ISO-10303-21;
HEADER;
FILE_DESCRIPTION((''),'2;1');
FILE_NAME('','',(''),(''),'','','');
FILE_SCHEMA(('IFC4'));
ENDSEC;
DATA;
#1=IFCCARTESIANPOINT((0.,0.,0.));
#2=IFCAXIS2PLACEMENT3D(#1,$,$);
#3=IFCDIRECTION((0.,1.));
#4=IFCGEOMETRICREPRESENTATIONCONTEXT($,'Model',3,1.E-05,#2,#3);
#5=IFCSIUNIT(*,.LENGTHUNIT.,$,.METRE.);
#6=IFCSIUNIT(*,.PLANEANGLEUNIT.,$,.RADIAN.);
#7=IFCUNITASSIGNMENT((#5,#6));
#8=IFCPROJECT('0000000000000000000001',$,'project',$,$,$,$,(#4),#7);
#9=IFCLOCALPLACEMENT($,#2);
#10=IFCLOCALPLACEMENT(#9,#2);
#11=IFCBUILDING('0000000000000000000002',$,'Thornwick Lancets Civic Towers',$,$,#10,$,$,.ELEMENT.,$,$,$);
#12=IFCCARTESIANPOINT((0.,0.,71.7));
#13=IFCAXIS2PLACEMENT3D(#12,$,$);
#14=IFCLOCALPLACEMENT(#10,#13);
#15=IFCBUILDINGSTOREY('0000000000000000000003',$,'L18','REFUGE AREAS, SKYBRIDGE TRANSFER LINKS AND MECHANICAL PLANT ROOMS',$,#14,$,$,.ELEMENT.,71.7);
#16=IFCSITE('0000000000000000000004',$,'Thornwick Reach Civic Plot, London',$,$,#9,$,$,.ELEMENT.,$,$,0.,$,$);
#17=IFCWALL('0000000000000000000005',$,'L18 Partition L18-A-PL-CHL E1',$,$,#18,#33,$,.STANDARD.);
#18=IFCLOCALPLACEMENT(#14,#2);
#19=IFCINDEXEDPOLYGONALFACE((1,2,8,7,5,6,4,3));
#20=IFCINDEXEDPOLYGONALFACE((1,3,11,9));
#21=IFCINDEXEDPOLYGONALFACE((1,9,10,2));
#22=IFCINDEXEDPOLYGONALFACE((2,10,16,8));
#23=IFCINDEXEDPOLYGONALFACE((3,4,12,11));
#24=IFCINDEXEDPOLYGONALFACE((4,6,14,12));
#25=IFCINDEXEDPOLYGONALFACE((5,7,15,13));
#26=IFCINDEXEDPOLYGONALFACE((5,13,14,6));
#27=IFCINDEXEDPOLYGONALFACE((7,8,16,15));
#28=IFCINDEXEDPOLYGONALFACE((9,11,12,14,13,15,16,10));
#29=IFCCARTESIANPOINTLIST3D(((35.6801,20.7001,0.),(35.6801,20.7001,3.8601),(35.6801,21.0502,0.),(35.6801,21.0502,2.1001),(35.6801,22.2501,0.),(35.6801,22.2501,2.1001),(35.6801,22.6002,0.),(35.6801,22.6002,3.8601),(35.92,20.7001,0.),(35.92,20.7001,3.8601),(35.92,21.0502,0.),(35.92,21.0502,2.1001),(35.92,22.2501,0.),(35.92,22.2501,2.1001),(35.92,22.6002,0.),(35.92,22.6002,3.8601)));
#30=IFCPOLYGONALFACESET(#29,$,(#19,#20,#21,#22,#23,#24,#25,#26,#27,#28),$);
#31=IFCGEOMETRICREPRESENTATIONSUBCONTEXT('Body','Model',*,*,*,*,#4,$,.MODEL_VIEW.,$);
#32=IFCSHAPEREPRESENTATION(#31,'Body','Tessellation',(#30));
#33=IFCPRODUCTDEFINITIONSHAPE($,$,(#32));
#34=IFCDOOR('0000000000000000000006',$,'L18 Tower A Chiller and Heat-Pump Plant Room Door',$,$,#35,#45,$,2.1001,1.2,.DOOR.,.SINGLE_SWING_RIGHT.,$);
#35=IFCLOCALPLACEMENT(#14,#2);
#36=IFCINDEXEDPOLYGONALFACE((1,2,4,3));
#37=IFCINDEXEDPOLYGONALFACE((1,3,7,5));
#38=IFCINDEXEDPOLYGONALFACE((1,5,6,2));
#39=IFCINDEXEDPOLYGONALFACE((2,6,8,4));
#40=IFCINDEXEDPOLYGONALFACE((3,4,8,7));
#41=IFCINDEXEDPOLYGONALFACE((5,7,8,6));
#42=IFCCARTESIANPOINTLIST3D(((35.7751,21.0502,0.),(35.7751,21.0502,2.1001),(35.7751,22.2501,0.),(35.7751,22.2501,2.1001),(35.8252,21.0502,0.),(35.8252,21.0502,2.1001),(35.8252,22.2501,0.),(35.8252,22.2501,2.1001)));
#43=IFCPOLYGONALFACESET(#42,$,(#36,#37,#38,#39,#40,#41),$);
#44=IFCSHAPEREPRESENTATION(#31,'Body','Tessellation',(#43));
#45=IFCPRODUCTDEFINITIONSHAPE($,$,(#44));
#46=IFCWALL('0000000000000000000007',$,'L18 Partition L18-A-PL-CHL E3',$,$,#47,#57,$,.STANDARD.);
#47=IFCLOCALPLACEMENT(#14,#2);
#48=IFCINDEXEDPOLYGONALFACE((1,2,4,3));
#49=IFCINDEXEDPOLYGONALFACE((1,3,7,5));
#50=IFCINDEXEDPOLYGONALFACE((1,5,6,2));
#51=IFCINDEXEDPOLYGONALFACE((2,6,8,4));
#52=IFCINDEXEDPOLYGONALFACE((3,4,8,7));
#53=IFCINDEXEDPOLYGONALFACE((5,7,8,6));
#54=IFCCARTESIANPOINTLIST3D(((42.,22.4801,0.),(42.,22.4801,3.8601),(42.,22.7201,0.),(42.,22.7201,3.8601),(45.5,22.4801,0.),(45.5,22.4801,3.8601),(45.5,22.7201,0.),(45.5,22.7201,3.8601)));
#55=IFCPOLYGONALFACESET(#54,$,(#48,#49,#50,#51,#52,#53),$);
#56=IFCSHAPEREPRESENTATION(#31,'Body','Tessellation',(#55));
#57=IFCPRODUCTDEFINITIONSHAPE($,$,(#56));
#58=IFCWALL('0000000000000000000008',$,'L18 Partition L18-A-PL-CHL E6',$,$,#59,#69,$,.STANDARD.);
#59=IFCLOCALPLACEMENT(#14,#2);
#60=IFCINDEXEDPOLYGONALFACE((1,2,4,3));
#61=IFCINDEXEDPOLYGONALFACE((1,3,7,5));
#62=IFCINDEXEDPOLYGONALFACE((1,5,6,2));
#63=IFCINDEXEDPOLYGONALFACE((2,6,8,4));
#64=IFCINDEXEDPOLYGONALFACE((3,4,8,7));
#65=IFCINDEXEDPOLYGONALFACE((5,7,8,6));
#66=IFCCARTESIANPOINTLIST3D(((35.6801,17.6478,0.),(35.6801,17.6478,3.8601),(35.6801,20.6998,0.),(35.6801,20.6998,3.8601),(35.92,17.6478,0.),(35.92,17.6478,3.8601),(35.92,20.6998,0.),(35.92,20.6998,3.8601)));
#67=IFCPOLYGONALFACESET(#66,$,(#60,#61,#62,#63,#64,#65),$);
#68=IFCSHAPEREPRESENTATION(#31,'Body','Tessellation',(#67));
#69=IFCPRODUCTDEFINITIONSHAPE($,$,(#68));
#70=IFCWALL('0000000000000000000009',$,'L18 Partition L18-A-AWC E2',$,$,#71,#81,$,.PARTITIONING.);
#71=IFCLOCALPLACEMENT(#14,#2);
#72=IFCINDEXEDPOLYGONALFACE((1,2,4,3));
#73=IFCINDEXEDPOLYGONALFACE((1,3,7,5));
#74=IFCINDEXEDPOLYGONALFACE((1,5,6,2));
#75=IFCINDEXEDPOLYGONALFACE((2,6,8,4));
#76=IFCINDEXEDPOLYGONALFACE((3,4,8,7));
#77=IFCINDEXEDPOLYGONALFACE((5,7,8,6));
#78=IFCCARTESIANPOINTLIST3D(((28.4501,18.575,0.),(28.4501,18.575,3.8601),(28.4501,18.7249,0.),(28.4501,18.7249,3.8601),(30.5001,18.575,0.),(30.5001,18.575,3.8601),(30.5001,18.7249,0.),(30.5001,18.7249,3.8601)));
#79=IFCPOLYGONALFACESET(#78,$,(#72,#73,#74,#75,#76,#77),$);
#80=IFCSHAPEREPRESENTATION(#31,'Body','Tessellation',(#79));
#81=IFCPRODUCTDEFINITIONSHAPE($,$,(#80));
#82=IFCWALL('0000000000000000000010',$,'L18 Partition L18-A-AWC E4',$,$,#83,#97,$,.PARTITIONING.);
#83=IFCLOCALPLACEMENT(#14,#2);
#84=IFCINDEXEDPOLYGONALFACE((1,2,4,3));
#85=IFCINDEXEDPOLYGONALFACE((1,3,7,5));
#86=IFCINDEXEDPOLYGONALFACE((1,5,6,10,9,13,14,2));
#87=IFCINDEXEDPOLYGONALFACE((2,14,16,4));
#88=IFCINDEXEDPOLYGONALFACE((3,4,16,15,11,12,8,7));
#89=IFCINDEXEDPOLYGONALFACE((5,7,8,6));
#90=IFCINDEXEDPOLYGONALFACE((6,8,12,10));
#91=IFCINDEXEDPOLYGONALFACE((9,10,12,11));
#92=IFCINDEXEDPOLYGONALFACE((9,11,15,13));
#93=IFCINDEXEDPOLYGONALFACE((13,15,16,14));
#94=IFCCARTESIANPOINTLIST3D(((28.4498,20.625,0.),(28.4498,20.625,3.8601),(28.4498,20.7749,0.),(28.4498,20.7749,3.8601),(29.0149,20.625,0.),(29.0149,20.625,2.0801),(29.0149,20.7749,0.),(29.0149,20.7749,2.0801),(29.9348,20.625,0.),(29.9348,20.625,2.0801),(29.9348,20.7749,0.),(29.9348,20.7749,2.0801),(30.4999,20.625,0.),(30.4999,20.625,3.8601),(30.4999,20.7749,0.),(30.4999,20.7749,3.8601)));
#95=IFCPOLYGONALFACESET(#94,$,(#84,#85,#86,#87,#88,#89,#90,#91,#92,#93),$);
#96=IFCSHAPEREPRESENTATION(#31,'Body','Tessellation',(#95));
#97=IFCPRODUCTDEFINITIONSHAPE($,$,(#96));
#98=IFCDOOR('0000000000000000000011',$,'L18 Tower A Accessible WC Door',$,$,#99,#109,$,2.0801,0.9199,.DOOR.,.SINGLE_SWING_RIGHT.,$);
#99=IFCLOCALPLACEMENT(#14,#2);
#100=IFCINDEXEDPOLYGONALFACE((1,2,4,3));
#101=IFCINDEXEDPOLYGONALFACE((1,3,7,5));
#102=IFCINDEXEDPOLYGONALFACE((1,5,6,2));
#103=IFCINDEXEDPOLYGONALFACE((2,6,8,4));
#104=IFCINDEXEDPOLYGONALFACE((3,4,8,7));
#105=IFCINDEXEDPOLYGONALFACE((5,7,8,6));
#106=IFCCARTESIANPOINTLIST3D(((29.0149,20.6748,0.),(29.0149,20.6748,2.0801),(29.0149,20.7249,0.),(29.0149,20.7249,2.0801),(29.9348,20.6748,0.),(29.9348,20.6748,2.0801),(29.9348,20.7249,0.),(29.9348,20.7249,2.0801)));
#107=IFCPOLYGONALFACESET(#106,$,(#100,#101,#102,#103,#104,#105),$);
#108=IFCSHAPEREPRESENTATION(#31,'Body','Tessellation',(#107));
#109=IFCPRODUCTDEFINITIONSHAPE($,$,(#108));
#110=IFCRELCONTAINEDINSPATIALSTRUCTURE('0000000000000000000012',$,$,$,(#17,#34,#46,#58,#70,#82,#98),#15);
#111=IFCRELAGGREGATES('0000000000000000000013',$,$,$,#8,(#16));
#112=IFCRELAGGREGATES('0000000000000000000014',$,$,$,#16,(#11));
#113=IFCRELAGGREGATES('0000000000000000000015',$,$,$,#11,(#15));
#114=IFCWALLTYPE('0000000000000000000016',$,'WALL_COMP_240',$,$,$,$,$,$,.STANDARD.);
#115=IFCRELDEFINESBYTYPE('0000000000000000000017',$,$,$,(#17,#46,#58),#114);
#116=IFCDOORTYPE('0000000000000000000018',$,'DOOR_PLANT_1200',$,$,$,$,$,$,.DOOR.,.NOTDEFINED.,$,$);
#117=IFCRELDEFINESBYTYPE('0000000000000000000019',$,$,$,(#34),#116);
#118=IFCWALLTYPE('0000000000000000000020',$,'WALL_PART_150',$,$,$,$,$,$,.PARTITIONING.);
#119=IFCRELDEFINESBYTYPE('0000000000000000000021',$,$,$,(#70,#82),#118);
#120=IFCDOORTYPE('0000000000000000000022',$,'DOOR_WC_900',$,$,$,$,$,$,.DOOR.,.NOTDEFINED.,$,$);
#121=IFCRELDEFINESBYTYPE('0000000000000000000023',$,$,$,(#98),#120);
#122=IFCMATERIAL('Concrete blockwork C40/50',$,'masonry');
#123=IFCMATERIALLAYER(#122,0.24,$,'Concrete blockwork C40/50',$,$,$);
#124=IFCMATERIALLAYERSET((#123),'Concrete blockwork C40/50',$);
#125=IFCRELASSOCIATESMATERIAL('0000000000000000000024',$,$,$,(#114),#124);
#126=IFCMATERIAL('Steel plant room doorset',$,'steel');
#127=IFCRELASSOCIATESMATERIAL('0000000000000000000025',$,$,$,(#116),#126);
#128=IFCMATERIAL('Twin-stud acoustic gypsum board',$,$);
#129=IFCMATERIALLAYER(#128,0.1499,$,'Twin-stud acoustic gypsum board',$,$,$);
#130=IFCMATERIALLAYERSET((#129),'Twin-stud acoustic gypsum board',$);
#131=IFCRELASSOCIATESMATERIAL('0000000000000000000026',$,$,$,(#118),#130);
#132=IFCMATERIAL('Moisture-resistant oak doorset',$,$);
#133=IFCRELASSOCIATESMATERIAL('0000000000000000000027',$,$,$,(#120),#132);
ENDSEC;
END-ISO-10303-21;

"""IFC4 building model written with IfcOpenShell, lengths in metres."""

from ifc_helpers import new_model, si_unit, direction, frame, frame_2d, origin, place, context, subcontext, project, spatial, rectangle, extrude, material, layer, layer_set, type_object, element, fill, save


model = new_model("IFC4")

# Units and contexts
model_context = context("Model", 3, precision=1e-05, world=origin(), true_north=direction((0.0, 1.0)))
body_context = subcontext(model_context, "Body", "Model", "MODEL_VIEW")
ifc_project = project(units=[si_unit("LENGTHUNIT", "METRE"), si_unit("PLANEANGLEUNIT", "RADIAN")], contexts=[model_context])

# Site, building, storey
site_placement = place(None, origin())
site = spatial("IfcSite", under=ifc_project, at=site_placement, Name="Thornwick Reach Civic Plot, London", CompositionType="ELEMENT", RefElevation=0.0)
building_placement = place(site_placement, origin())
building = spatial("IfcBuilding", under=site, at=building_placement, Name="Thornwick Lancets Civic Towers", CompositionType="ELEMENT")
storey_placement = place(building_placement, frame((0.0, 0.0, 71.7)))
storey = spatial("IfcBuildingStorey", under=building, at=storey_placement, Name="L18", Description="REFUGE AREAS, SKYBRIDGE TRANSFER LINKS AND MECHANICAL PLANT ROOMS", CompositionType="ELEMENT", Elevation=71.7)

# Shared definitions
ifc_material_1 = material(Name="Concrete blockwork C40/50", Category="masonry")

# Shared definitions
ifc_layer_1 = layer(ifc_material_1, 0.24, Name="Concrete blockwork C40/50")
ifc_layer_set_1 = layer_set([ifc_layer_1], Name="Concrete blockwork C40/50")
wall_type_1 = type_object("IfcWallType", Name="WALL_COMP_240", PredefinedType="STANDARD", material=ifc_layer_set_1)

# Wall, opening, door
wall_1_placement = place(storey_placement, frame((35.8, 20.7, 0.0), z_axis=(0.0, 0.0, 1.0), x_axis=(0.0, 1.0, 0.0)))
wall_1 = element("IfcWall", 1, at=wall_1_placement, inside=storey, type_object=wall_type_1, Name="L18 Partition L18-A-PL-CHL E1", PredefinedType="STANDARD", context=body_context, shape_type="SweptSolid", body=[
    extrude(rectangle(XDim=1.9001, YDim=0.24, at=frame_2d((0.9502, 0.0))), origin(), (0.0, 0.0, 1.0), 3.8601),
])
opening_1_placement = place(wall_1_placement, frame((0.3501, 0.0, 0.0)))
opening_1 = element("IfcOpeningElement", 2, at=opening_1_placement, cuts=wall_1, PredefinedType="OPENING", context=body_context, shape_type="SweptSolid", body=[
    extrude(rectangle(XDim=1.2, YDim=2.1001, at=frame_2d((0.6001, 1.05))), frame((0.0, 0.1299, 0.0), z_axis=(0.0, -1.0, 0.0), x_axis=(1.0, 0.0, 0.0)), (0.0, 0.0, 1.0), 0.26),
])
ifc_material_2 = material(Name="Steel plant room doorset", Category="steel")
door_type_1 = type_object("IfcDoorType", Name="DOOR_PLANT_1200", OperationType="NOTDEFINED", PredefinedType="DOOR", material=ifc_material_2)
door_1_placement = place(opening_1_placement, origin())
door_1 = element("IfcDoor", 3, at=door_1_placement, inside=storey, type_object=door_type_1, Name="L18 Tower A Chiller and Heat-Pump Plant Room Door", OperationType="SINGLE_SWING_RIGHT", OverallHeight=2.1001, OverallWidth=1.2, PredefinedType="DOOR", context=body_context, shape_type="SweptSolid", body=[
    extrude(rectangle(XDim=1.2, YDim=2.1001, at=frame_2d((0.6001, 1.05))), frame((0.0, 0.0249, 0.0), z_axis=(0.0, -1.0, 0.0), x_axis=(1.0, 0.0, 0.0)), (0.0, 0.0, 1.0), 0.05),
])
fill(opening_1, door_1)

# Walls
wall_2_placement = place(storey_placement, frame((42.0, 22.6001, 0.0), z_axis=(0.0, 0.0, 1.0), x_axis=(1.0, 0.0, 0.0)))
element("IfcWall", 4, at=wall_2_placement, inside=storey, type_object=wall_type_1, Name="L18 Partition L18-A-PL-CHL E3", PredefinedType="STANDARD", context=body_context, shape_type="SweptSolid", body=[
    extrude(rectangle(XDim=3.5, YDim=0.24, at=frame_2d((1.75, 0.0))), origin(), (0.0, 0.0, 1.0), 3.8601),
])
wall_3_placement = place(storey_placement, frame((35.8, 17.6479, 0.0), z_axis=(0.0, 0.0, 1.0), x_axis=(0.0, 1.0, 0.0)))
element("IfcWall", 5, at=wall_3_placement, inside=storey, type_object=wall_type_1, Name="L18 Partition L18-A-PL-CHL E6", PredefinedType="STANDARD", context=body_context, shape_type="SweptSolid", body=[
    extrude(rectangle(XDim=3.052, YDim=0.24, at=frame_2d((1.5259, 0.0))), origin(), (0.0, 0.0, 1.0), 3.8601),
])
ifc_material_3 = material(Name="Twin-stud acoustic gypsum board")
ifc_layer_2 = layer(ifc_material_3, 0.1499, Name="Twin-stud acoustic gypsum board")
ifc_layer_set_2 = layer_set([ifc_layer_2], Name="Twin-stud acoustic gypsum board")
wall_type_2 = type_object("IfcWallType", Name="WALL_PART_150", PredefinedType="PARTITIONING", material=ifc_layer_set_2)
wall_4_placement = place(storey_placement, frame((30.5, 18.6499, 0.0), z_axis=(0.0, 0.0, 1.0), x_axis=(-1.0, 0.0, 0.0)))
element("IfcWall", 6, at=wall_4_placement, inside=storey, type_object=wall_type_2, Name="L18 Partition L18-A-AWC E2", PredefinedType="PARTITIONING", context=body_context, shape_type="SweptSolid", body=[
    extrude(rectangle(XDim=2.05, YDim=0.1499, at=frame_2d((1.0249, 0.0))), origin(), (0.0, 0.0, 1.0), 3.8601),
])

# Wall, opening, door
wall_5_placement = place(storey_placement, frame((28.45, 20.7, 0.0), z_axis=(0.0, 0.0, 1.0), x_axis=(1.0, 0.0, 0.0)))
wall_5 = element("IfcWall", 7, at=wall_5_placement, inside=storey, type_object=wall_type_2, Name="L18 Partition L18-A-AWC E4", PredefinedType="PARTITIONING", context=body_context, shape_type="SweptSolid", body=[
    extrude(rectangle(XDim=2.05, YDim=0.1499, at=frame_2d((1.0249, 0.0))), origin(), (0.0, 0.0, 1.0), 3.8601),
])
opening_2_placement = place(wall_5_placement, frame((0.5649, 0.0, 0.0)))
opening_2 = element("IfcOpeningElement", 8, at=opening_2_placement, cuts=wall_5, PredefinedType="OPENING", context=body_context, shape_type="SweptSolid", body=[
    extrude(rectangle(XDim=0.9199, YDim=2.0801, at=frame_2d((0.46, 1.04))), frame((0.0, 0.085, 0.0), z_axis=(0.0, -1.0, 0.0), x_axis=(1.0, 0.0, 0.0)), (0.0, 0.0, 1.0), 0.1699),
])
ifc_material_4 = material(Name="Moisture-resistant oak doorset")
door_type_2 = type_object("IfcDoorType", Name="DOOR_WC_900", OperationType="NOTDEFINED", PredefinedType="DOOR", material=ifc_material_4)
door_2_placement = place(opening_2_placement, origin())
door_2 = element("IfcDoor", 9, at=door_2_placement, inside=storey, type_object=door_type_2, Name="L18 Tower A Accessible WC Door", OperationType="SINGLE_SWING_RIGHT", OverallHeight=2.0801, OverallWidth=0.9199, PredefinedType="DOOR", context=body_context, shape_type="SweptSolid", body=[
    extrude(rectangle(XDim=0.9199, YDim=2.0801, at=frame_2d((0.46, 1.04))), frame((0.0, 0.0249, 0.0), z_axis=(0.0, -1.0, 0.0), x_axis=(1.0, 0.0, 0.0)), (0.0, 0.0, 1.0), 0.05),
])
fill(opening_2, door_2)

save(model, "model.ifc")
